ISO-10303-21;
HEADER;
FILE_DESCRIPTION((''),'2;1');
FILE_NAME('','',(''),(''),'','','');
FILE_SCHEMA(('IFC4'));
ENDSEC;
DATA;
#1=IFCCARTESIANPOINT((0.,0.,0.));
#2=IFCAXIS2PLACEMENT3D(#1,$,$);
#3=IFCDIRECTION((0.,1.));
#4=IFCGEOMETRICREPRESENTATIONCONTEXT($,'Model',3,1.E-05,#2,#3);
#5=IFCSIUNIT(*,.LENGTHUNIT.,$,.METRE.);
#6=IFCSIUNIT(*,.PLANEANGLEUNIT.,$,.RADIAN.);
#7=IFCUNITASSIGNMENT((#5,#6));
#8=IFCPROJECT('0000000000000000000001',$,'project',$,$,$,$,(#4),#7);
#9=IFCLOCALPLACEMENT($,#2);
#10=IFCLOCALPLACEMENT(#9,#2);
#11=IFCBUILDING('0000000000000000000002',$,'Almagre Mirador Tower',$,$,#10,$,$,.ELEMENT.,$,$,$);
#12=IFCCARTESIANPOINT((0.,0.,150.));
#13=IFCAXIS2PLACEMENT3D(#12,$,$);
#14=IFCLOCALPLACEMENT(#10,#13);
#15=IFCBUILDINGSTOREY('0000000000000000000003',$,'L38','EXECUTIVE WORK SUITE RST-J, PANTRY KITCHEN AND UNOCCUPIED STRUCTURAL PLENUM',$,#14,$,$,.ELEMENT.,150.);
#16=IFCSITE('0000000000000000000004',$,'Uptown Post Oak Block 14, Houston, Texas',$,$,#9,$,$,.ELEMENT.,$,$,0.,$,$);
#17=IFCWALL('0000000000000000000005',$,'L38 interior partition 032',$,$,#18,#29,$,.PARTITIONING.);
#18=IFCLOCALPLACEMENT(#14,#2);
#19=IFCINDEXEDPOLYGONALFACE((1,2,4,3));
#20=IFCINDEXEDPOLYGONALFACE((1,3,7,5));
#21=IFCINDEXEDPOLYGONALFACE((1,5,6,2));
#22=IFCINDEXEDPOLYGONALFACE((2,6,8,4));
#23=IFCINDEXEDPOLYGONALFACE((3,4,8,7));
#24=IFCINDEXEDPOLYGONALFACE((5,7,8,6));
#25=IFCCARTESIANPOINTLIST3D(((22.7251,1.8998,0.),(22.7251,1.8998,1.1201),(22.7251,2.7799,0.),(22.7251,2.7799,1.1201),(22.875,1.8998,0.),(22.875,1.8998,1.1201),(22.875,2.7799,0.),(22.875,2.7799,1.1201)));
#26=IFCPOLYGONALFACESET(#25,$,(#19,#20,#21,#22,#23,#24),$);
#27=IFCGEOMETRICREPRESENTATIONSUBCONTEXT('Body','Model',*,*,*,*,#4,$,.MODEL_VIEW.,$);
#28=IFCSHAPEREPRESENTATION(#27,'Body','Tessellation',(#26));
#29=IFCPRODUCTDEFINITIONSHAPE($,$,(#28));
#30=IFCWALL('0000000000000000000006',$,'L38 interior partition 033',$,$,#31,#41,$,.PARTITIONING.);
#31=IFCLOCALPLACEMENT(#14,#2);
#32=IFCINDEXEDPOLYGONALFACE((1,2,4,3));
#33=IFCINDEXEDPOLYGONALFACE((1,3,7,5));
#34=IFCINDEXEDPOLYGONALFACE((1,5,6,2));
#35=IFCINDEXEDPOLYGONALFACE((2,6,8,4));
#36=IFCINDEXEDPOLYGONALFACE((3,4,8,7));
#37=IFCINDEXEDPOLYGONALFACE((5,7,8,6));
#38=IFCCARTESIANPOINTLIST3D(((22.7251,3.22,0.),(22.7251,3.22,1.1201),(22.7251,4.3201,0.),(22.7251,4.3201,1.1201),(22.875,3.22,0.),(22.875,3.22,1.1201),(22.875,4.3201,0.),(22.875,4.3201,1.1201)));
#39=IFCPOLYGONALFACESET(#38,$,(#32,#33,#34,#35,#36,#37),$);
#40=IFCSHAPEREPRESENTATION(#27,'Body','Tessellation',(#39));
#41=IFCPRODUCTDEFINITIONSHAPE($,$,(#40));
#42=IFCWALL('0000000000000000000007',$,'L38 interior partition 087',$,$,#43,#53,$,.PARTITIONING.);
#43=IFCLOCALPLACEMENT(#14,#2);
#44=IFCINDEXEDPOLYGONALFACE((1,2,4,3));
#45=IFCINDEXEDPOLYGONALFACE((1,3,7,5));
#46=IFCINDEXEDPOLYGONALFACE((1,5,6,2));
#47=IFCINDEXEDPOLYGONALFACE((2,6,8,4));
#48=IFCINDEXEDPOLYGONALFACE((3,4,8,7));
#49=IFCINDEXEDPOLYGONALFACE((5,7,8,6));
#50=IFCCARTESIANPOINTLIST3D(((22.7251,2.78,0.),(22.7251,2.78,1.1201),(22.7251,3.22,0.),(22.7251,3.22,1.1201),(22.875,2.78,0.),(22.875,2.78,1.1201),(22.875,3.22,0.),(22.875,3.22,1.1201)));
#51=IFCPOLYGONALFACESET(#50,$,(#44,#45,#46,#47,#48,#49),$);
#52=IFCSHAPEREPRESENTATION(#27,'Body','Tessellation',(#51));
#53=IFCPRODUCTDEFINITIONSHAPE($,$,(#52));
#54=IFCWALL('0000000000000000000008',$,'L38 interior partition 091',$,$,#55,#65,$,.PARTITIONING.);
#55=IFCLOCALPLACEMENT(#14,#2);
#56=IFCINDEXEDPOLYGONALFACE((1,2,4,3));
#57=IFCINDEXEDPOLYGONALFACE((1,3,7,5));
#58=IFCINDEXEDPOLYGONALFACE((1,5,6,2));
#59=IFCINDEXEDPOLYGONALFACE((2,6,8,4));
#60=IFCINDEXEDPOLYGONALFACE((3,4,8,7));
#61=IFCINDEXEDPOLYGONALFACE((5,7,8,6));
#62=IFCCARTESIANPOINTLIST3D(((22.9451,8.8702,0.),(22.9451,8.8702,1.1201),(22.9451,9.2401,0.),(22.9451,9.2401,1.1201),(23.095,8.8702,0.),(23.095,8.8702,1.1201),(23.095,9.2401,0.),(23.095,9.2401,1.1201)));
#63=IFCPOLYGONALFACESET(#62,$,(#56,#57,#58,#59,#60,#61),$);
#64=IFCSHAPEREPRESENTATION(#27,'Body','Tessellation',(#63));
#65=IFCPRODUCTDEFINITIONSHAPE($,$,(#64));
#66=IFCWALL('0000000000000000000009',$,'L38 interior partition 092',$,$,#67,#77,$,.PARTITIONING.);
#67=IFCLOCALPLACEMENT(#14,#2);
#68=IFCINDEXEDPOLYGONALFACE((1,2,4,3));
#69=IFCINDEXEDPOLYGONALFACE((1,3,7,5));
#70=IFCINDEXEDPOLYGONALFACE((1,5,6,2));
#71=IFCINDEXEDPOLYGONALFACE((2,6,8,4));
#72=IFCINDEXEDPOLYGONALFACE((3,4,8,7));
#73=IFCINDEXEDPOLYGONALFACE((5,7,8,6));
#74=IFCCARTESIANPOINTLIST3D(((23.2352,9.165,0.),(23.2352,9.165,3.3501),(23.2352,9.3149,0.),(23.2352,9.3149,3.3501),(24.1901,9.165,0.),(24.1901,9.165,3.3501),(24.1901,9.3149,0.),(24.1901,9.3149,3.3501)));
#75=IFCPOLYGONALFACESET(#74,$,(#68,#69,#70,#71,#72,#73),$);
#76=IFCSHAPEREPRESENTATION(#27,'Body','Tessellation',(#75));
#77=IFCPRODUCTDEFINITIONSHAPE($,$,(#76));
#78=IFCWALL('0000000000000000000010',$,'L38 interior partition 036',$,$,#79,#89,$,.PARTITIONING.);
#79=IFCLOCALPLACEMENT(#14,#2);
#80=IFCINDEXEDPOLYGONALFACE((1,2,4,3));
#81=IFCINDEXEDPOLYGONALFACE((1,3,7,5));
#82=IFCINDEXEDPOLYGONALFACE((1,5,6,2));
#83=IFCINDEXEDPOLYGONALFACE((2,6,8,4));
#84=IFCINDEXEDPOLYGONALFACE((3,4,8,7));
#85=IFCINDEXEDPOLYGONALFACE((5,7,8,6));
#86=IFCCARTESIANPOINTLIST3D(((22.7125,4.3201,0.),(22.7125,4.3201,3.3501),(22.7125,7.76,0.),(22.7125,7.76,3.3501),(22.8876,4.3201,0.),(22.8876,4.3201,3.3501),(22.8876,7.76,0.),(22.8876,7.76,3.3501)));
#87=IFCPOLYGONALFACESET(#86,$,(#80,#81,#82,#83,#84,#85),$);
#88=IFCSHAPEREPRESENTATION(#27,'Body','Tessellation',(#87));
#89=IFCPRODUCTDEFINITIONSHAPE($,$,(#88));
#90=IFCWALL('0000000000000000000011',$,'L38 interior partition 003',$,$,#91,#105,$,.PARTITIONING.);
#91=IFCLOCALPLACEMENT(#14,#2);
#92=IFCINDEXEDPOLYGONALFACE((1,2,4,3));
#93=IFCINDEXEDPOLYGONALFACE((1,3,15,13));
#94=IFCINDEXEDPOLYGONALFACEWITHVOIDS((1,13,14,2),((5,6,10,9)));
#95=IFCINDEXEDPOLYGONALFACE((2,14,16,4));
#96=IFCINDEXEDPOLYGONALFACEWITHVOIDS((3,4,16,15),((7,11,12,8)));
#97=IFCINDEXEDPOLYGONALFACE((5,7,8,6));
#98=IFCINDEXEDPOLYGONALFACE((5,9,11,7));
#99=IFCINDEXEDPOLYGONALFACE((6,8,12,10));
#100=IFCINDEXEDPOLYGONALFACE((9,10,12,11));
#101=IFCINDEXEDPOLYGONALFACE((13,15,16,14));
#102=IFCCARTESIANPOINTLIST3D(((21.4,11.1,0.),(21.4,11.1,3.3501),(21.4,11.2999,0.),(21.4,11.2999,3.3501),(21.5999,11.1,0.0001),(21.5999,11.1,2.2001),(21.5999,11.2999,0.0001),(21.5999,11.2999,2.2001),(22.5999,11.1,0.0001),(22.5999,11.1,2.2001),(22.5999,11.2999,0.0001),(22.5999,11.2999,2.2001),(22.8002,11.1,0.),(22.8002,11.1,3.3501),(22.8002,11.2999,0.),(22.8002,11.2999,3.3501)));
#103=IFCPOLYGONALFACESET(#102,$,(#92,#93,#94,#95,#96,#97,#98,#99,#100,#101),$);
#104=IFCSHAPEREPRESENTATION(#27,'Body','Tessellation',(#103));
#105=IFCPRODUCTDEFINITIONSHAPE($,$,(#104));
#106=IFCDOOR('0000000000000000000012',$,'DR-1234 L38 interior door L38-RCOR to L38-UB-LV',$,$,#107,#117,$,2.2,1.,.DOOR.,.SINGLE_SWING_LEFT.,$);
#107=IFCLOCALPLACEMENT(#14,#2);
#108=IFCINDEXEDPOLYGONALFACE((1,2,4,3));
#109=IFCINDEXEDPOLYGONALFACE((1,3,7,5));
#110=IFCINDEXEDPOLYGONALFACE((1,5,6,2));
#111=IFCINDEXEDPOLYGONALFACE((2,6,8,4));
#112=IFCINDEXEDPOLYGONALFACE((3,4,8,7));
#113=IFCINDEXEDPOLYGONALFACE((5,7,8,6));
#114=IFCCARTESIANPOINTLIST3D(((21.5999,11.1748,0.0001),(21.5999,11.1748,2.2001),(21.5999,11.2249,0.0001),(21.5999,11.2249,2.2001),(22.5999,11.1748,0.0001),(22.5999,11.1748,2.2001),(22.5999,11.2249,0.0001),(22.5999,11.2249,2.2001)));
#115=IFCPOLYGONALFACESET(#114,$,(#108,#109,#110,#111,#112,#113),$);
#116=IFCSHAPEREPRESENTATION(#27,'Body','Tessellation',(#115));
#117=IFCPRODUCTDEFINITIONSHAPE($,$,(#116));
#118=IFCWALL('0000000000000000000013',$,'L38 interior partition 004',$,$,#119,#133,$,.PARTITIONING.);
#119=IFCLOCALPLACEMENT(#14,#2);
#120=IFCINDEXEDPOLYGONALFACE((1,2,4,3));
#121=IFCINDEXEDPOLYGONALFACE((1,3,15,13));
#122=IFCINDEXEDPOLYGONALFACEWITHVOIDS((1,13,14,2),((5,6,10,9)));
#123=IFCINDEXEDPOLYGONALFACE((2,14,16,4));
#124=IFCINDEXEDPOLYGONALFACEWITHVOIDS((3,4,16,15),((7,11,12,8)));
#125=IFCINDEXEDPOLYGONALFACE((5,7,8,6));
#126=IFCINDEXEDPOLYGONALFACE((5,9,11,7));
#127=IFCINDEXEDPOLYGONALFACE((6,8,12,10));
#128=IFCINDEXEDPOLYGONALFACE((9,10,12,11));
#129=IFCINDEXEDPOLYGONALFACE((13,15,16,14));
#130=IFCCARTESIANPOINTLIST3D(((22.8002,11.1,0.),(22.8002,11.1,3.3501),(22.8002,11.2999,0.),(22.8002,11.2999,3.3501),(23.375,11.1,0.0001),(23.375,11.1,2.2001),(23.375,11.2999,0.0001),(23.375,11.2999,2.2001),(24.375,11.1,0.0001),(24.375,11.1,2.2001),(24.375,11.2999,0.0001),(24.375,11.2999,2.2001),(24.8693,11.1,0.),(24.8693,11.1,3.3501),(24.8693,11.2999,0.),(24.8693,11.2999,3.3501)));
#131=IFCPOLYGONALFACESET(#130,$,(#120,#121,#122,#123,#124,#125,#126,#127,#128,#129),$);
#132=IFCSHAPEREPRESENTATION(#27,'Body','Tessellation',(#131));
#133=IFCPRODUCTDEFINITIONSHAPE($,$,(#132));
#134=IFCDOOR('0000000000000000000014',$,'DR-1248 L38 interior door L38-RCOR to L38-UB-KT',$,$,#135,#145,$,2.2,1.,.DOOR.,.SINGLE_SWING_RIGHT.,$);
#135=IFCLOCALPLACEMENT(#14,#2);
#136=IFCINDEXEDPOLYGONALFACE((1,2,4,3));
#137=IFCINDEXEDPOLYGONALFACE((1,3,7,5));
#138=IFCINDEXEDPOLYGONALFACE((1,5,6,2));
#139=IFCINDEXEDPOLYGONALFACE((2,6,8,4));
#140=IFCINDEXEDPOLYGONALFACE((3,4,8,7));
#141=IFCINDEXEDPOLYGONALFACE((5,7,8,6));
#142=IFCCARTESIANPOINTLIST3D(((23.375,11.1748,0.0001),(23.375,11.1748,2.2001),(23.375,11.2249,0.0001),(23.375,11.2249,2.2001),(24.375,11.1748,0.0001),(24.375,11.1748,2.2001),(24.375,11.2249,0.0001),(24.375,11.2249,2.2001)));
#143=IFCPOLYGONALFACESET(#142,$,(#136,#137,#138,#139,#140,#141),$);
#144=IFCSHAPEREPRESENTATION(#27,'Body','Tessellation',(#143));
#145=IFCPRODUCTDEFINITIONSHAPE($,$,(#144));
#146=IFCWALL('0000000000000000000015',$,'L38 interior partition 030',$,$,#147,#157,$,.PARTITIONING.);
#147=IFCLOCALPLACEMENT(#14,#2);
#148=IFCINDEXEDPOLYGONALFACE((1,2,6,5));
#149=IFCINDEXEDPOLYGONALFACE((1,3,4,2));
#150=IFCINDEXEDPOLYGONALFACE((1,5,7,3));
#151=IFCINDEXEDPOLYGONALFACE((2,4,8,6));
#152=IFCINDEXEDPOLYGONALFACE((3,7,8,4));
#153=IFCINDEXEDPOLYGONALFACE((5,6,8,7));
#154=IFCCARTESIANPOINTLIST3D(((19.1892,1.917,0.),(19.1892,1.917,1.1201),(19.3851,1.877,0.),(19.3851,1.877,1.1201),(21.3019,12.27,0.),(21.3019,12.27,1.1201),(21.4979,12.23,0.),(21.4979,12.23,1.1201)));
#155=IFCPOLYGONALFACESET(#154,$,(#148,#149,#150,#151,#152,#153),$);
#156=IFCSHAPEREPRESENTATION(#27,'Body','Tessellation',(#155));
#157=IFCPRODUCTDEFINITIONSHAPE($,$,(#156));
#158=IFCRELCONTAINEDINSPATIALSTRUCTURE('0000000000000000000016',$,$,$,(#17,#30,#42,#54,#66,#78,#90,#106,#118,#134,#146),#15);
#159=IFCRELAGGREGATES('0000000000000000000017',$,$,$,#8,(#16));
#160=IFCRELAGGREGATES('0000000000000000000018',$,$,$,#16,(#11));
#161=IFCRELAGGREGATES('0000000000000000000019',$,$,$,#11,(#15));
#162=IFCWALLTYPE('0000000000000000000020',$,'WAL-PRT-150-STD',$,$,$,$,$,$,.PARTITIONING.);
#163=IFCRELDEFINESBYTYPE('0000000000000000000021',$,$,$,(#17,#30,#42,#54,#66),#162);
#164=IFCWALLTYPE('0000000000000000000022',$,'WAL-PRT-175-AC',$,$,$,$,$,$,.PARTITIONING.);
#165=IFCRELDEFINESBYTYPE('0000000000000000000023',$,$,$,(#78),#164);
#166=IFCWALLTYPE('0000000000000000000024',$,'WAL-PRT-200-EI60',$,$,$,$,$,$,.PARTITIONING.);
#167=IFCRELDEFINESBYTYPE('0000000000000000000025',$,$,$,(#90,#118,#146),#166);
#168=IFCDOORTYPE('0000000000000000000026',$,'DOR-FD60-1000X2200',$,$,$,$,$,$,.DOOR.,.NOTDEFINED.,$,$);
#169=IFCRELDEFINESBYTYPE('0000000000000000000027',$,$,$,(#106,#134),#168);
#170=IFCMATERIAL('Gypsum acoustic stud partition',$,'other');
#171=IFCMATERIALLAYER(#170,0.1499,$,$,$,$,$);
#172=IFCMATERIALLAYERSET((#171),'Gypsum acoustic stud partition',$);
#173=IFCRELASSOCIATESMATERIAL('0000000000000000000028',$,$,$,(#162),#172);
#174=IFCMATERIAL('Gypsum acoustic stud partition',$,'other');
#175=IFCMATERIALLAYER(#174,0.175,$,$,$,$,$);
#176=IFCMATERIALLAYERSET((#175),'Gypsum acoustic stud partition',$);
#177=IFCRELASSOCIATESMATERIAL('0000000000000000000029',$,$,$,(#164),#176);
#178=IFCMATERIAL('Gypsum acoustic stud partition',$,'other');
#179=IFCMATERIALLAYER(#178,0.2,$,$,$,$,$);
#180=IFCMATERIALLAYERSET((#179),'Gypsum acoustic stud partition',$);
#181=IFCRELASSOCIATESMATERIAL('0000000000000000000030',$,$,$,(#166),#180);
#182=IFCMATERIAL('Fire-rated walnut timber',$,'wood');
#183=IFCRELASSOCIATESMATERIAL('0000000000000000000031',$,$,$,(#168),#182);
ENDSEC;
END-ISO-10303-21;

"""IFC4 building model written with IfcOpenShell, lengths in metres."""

from ifc_helpers import new_model, si_unit, direction, frame, frame_2d, origin, place, context, subcontext, project, spatial, rectangle, extrude, material, layer, layer_set, type_object, element, fill, save


model = new_model("IFC4")

# Units and contexts
model_context = context("Model", 3, precision=1e-05, world=origin(), true_north=direction((0.0, 1.0)))
body_context = subcontext(model_context, "Body", "Model", "MODEL_VIEW")
ifc_project = project(units=[si_unit("LENGTHUNIT", "METRE"), si_unit("PLANEANGLEUNIT", "RADIAN")], contexts=[model_context])

# Site, building, storey
site_placement = place(None, origin())
site = spatial("IfcSite", under=ifc_project, at=site_placement, Name="Uptown Post Oak Block 14, Houston, Texas", CompositionType="ELEMENT", RefElevation=0.0)
building_placement = place(site_placement, origin())
building = spatial("IfcBuilding", under=site, at=building_placement, Name="Almagre Mirador Tower", CompositionType="ELEMENT")
storey_placement = place(building_placement, frame((0.0, 0.0, 150.0)))
storey = spatial("IfcBuildingStorey", under=building, at=storey_placement, Name="L38", Description="EXECUTIVE WORK SUITE RST-J, PANTRY KITCHEN AND UNOCCUPIED STRUCTURAL PLENUM", CompositionType="ELEMENT", Elevation=150.0)

# Walls
ifc_material_1 = material(Name="Gypsum acoustic stud partition", Category="other")
ifc_layer_1 = layer(ifc_material_1, 0.1499)
ifc_layer_set_1 = layer_set([ifc_layer_1], Name="Gypsum acoustic stud partition")
wall_type_1 = type_object("IfcWallType", Name="WAL-PRT-150-STD", PredefinedType="PARTITIONING", material=ifc_layer_set_1)
wall_1_placement = place(storey_placement, frame((22.8, 1.8999, 0.0), z_axis=(0.0, 0.0, 1.0), x_axis=(0.0, 1.0, 0.0)))
element("IfcWall", 1, at=wall_1_placement, inside=storey, type_object=wall_type_1, Name="L38 interior partition 032", PredefinedType="PARTITIONING", context=body_context, shape_type="SweptSolid", body=[
    extrude(rectangle(XDim=0.8801, YDim=0.1499, at=frame_2d((0.4399, 0.0))), origin(), (0.0, 0.0, 1.0), 1.1201),
])
wall_2_placement = place(storey_placement, frame((22.8, 3.22, 0.0), z_axis=(0.0, 0.0, 1.0), x_axis=(0.0, 1.0, 0.0)))
element("IfcWall", 2, at=wall_2_placement, inside=storey, type_object=wall_type_1, Name="L38 interior partition 033", PredefinedType="PARTITIONING", context=body_context, shape_type="SweptSolid", body=[
    extrude(rectangle(XDim=1.1001, YDim=0.1499, at=frame_2d((0.55, 0.0))), origin(), (0.0, 0.0, 1.0), 1.1201),
])
wall_3_placement = place(storey_placement, frame((22.8, 3.22, 0.0), z_axis=(0.0, 0.0, 1.0), x_axis=(0.0, -1.0, 0.0)))
element("IfcWall", 3, at=wall_3_placement, inside=storey, type_object=wall_type_1, Name="L38 interior partition 087", PredefinedType="PARTITIONING", context=body_context, shape_type="SweptSolid", body=[
    extrude(rectangle(XDim=0.4399, YDim=0.1499, at=frame_2d((0.22, 0.0))), origin(), (0.0, 0.0, 1.0), 1.1201),
])
wall_4_placement = place(storey_placement, frame((23.02, 8.8701, 0.0), z_axis=(0.0, 0.0, 1.0), x_axis=(0.0, 1.0, 0.0)))
element("IfcWall", 4, at=wall_4_placement, inside=storey, type_object=wall_type_1, Name="L38 interior partition 091", PredefinedType="PARTITIONING", context=body_context, shape_type="SweptSolid", body=[
    extrude(rectangle(XDim=0.3699, YDim=0.1499, at=frame_2d((0.1851, 0.0))), origin(), (0.0, 0.0, 1.0), 1.1201),
])
wall_5_placement = place(storey_placement, frame((23.2351, 9.24, 0.0), z_axis=(0.0, 0.0, 1.0), x_axis=(1.0, 0.0, 0.0)))
element("IfcWall", 5, at=wall_5_placement, inside=storey, type_object=wall_type_1, Name="L38 interior partition 092", PredefinedType="PARTITIONING", context=body_context, shape_type="SweptSolid", body=[
    extrude(rectangle(XDim=0.9548, YDim=0.1499, at=frame_2d((0.4775, 0.0))), origin(), (0.0, 0.0, 1.0), 3.3501),
])
ifc_material_2 = material(Name="Gypsum acoustic stud partition", Category="other")
ifc_layer_2 = layer(ifc_material_2, 0.175)
ifc_layer_set_2 = layer_set([ifc_layer_2], Name="Gypsum acoustic stud partition")
wall_type_2 = type_object("IfcWallType", Name="WAL-PRT-175-AC", PredefinedType="PARTITIONING", material=ifc_layer_set_2)
wall_6_placement = place(storey_placement, frame((22.8, 4.3201, 0.0), z_axis=(0.0, 0.0, 1.0), x_axis=(0.0, 1.0, 0.0)))
element("IfcWall", 6, at=wall_6_placement, inside=storey, type_object=wall_type_2, Name="L38 interior partition 036", PredefinedType="PARTITIONING", context=body_context, shape_type="SweptSolid", body=[
    extrude(rectangle(XDim=3.4399, YDim=0.175, at=frame_2d((1.72, 0.0))), origin(), (0.0, 0.0, 1.0), 3.3501),
])

# Walls, openings, doors
ifc_material_3 = material(Name="Gypsum acoustic stud partition", Category="other")
ifc_layer_3 = layer(ifc_material_3, 0.2)
ifc_layer_set_3 = layer_set([ifc_layer_3], Name="Gypsum acoustic stud partition")
wall_type_3 = type_object("IfcWallType", Name="WAL-PRT-200-EI60", PredefinedType="PARTITIONING", material=ifc_layer_set_3)
wall_7_placement = place(storey_placement, frame((21.3999, 11.2, 0.0), z_axis=(0.0, 0.0, 1.0), x_axis=(1.0, 0.0, 0.0)))
wall_7 = element("IfcWall", 7, at=wall_7_placement, inside=storey, type_object=wall_type_3, Name="L38 interior partition 003", PredefinedType="PARTITIONING", context=body_context, shape_type="SweptSolid", body=[
    extrude(rectangle(XDim=1.4001, YDim=0.2, at=frame_2d((0.7002, 0.0))), origin(), (0.0, 0.0, 1.0), 3.3501),
])
opening_1_placement = place(wall_7_placement, frame((0.2, 0.0, 0.0)))
opening_1 = element("IfcOpeningElement", 8, at=opening_1_placement, cuts=wall_7, PredefinedType="OPENING", context=body_context, shape_type="SweptSolid", body=[
    extrude(rectangle(XDim=1.0, YDim=2.2, at=frame_2d((0.5, 1.1001))), frame((0.0, 0.1101, 0.0), z_axis=(0.0, -1.0, 0.0), x_axis=(1.0, 0.0, 0.0)), (0.0, 0.0, 1.0), 0.22),
])
ifc_material_4 = material(Name="Fire-rated walnut timber", Category="wood")
door_type_1 = type_object("IfcDoorType", Name="DOR-FD60-1000X2200", OperationType="NOTDEFINED", PredefinedType="DOOR", material=ifc_material_4)
door_1_placement = place(opening_1_placement, origin())
door_1 = element("IfcDoor", 9, at=door_1_placement, inside=storey, type_object=door_type_1, Name="DR-1234 L38 interior door L38-RCOR to L38-UB-LV", OperationType="SINGLE_SWING_LEFT", OverallHeight=2.2, OverallWidth=1.0, PredefinedType="DOOR", context=body_context, shape_type="SweptSolid", body=[
    extrude(rectangle(XDim=1.0, YDim=2.2, at=frame_2d((0.5, 1.1001))), frame((0.0, 0.0249, 0.0), z_axis=(0.0, -1.0, 0.0), x_axis=(1.0, 0.0, 0.0)), (0.0, 0.0, 1.0), 0.05),
])
fill(opening_1, door_1)
wall_8_placement = place(storey_placement, frame((22.8, 11.2, 0.0), z_axis=(0.0, 0.0, 1.0), x_axis=(1.0, 0.0, 0.0)))
wall_8 = element("IfcWall", 10, at=wall_8_placement, inside=storey, type_object=wall_type_3, Name="L38 interior partition 004", PredefinedType="PARTITIONING", context=body_context, shape_type="SweptSolid", body=[
    extrude(rectangle(XDim=2.0691, YDim=0.2, at=frame_2d((1.0347, 0.0))), origin(), (0.0, 0.0, 1.0), 3.3501),
])
opening_2_placement = place(wall_8_placement, frame((0.575, 0.0, 0.0)))
opening_2 = element("IfcOpeningElement", 11, at=opening_2_placement, cuts=wall_8, PredefinedType="OPENING", context=body_context, shape_type="SweptSolid", body=[
    extrude(rectangle(XDim=1.0, YDim=2.2, at=frame_2d((0.5, 1.1001))), frame((0.0, 0.1101, 0.0), z_axis=(0.0, -1.0, 0.0), x_axis=(1.0, 0.0, 0.0)), (0.0, 0.0, 1.0), 0.22),
])
door_2_placement = place(opening_2_placement, origin())
door_2 = element("IfcDoor", 12, at=door_2_placement, inside=storey, type_object=door_type_1, Name="DR-1248 L38 interior door L38-RCOR to L38-UB-KT", OperationType="SINGLE_SWING_RIGHT", OverallHeight=2.2, OverallWidth=1.0, PredefinedType="DOOR", context=body_context, shape_type="SweptSolid", body=[
    extrude(rectangle(XDim=1.0, YDim=2.2, at=frame_2d((0.5, 1.1001))), frame((0.0, 0.0249, 0.0), z_axis=(0.0, -1.0, 0.0), x_axis=(1.0, 0.0, 0.0)), (0.0, 0.0, 1.0), 0.05),
])
fill(opening_2, door_2)

# Wall
wall_9_placement = place(storey_placement, frame((19.2871, 1.897, 0.0), z_axis=(0.0, 0.0, 1.0), x_axis=(0.199954, 0.979805, 0.0)))
element("IfcWall", 13, at=wall_9_placement, inside=storey, type_object=wall_type_3, Name="L38 interior partition 030", PredefinedType="PARTITIONING", context=body_context, shape_type="SweptSolid", body=[
    extrude(rectangle(XDim=10.5664, YDim=0.2, at=frame_2d((5.2832, 0.0))), origin(), (0.0, 0.0, 1.0), 1.1201),
])

save(model, "model.ifc")
